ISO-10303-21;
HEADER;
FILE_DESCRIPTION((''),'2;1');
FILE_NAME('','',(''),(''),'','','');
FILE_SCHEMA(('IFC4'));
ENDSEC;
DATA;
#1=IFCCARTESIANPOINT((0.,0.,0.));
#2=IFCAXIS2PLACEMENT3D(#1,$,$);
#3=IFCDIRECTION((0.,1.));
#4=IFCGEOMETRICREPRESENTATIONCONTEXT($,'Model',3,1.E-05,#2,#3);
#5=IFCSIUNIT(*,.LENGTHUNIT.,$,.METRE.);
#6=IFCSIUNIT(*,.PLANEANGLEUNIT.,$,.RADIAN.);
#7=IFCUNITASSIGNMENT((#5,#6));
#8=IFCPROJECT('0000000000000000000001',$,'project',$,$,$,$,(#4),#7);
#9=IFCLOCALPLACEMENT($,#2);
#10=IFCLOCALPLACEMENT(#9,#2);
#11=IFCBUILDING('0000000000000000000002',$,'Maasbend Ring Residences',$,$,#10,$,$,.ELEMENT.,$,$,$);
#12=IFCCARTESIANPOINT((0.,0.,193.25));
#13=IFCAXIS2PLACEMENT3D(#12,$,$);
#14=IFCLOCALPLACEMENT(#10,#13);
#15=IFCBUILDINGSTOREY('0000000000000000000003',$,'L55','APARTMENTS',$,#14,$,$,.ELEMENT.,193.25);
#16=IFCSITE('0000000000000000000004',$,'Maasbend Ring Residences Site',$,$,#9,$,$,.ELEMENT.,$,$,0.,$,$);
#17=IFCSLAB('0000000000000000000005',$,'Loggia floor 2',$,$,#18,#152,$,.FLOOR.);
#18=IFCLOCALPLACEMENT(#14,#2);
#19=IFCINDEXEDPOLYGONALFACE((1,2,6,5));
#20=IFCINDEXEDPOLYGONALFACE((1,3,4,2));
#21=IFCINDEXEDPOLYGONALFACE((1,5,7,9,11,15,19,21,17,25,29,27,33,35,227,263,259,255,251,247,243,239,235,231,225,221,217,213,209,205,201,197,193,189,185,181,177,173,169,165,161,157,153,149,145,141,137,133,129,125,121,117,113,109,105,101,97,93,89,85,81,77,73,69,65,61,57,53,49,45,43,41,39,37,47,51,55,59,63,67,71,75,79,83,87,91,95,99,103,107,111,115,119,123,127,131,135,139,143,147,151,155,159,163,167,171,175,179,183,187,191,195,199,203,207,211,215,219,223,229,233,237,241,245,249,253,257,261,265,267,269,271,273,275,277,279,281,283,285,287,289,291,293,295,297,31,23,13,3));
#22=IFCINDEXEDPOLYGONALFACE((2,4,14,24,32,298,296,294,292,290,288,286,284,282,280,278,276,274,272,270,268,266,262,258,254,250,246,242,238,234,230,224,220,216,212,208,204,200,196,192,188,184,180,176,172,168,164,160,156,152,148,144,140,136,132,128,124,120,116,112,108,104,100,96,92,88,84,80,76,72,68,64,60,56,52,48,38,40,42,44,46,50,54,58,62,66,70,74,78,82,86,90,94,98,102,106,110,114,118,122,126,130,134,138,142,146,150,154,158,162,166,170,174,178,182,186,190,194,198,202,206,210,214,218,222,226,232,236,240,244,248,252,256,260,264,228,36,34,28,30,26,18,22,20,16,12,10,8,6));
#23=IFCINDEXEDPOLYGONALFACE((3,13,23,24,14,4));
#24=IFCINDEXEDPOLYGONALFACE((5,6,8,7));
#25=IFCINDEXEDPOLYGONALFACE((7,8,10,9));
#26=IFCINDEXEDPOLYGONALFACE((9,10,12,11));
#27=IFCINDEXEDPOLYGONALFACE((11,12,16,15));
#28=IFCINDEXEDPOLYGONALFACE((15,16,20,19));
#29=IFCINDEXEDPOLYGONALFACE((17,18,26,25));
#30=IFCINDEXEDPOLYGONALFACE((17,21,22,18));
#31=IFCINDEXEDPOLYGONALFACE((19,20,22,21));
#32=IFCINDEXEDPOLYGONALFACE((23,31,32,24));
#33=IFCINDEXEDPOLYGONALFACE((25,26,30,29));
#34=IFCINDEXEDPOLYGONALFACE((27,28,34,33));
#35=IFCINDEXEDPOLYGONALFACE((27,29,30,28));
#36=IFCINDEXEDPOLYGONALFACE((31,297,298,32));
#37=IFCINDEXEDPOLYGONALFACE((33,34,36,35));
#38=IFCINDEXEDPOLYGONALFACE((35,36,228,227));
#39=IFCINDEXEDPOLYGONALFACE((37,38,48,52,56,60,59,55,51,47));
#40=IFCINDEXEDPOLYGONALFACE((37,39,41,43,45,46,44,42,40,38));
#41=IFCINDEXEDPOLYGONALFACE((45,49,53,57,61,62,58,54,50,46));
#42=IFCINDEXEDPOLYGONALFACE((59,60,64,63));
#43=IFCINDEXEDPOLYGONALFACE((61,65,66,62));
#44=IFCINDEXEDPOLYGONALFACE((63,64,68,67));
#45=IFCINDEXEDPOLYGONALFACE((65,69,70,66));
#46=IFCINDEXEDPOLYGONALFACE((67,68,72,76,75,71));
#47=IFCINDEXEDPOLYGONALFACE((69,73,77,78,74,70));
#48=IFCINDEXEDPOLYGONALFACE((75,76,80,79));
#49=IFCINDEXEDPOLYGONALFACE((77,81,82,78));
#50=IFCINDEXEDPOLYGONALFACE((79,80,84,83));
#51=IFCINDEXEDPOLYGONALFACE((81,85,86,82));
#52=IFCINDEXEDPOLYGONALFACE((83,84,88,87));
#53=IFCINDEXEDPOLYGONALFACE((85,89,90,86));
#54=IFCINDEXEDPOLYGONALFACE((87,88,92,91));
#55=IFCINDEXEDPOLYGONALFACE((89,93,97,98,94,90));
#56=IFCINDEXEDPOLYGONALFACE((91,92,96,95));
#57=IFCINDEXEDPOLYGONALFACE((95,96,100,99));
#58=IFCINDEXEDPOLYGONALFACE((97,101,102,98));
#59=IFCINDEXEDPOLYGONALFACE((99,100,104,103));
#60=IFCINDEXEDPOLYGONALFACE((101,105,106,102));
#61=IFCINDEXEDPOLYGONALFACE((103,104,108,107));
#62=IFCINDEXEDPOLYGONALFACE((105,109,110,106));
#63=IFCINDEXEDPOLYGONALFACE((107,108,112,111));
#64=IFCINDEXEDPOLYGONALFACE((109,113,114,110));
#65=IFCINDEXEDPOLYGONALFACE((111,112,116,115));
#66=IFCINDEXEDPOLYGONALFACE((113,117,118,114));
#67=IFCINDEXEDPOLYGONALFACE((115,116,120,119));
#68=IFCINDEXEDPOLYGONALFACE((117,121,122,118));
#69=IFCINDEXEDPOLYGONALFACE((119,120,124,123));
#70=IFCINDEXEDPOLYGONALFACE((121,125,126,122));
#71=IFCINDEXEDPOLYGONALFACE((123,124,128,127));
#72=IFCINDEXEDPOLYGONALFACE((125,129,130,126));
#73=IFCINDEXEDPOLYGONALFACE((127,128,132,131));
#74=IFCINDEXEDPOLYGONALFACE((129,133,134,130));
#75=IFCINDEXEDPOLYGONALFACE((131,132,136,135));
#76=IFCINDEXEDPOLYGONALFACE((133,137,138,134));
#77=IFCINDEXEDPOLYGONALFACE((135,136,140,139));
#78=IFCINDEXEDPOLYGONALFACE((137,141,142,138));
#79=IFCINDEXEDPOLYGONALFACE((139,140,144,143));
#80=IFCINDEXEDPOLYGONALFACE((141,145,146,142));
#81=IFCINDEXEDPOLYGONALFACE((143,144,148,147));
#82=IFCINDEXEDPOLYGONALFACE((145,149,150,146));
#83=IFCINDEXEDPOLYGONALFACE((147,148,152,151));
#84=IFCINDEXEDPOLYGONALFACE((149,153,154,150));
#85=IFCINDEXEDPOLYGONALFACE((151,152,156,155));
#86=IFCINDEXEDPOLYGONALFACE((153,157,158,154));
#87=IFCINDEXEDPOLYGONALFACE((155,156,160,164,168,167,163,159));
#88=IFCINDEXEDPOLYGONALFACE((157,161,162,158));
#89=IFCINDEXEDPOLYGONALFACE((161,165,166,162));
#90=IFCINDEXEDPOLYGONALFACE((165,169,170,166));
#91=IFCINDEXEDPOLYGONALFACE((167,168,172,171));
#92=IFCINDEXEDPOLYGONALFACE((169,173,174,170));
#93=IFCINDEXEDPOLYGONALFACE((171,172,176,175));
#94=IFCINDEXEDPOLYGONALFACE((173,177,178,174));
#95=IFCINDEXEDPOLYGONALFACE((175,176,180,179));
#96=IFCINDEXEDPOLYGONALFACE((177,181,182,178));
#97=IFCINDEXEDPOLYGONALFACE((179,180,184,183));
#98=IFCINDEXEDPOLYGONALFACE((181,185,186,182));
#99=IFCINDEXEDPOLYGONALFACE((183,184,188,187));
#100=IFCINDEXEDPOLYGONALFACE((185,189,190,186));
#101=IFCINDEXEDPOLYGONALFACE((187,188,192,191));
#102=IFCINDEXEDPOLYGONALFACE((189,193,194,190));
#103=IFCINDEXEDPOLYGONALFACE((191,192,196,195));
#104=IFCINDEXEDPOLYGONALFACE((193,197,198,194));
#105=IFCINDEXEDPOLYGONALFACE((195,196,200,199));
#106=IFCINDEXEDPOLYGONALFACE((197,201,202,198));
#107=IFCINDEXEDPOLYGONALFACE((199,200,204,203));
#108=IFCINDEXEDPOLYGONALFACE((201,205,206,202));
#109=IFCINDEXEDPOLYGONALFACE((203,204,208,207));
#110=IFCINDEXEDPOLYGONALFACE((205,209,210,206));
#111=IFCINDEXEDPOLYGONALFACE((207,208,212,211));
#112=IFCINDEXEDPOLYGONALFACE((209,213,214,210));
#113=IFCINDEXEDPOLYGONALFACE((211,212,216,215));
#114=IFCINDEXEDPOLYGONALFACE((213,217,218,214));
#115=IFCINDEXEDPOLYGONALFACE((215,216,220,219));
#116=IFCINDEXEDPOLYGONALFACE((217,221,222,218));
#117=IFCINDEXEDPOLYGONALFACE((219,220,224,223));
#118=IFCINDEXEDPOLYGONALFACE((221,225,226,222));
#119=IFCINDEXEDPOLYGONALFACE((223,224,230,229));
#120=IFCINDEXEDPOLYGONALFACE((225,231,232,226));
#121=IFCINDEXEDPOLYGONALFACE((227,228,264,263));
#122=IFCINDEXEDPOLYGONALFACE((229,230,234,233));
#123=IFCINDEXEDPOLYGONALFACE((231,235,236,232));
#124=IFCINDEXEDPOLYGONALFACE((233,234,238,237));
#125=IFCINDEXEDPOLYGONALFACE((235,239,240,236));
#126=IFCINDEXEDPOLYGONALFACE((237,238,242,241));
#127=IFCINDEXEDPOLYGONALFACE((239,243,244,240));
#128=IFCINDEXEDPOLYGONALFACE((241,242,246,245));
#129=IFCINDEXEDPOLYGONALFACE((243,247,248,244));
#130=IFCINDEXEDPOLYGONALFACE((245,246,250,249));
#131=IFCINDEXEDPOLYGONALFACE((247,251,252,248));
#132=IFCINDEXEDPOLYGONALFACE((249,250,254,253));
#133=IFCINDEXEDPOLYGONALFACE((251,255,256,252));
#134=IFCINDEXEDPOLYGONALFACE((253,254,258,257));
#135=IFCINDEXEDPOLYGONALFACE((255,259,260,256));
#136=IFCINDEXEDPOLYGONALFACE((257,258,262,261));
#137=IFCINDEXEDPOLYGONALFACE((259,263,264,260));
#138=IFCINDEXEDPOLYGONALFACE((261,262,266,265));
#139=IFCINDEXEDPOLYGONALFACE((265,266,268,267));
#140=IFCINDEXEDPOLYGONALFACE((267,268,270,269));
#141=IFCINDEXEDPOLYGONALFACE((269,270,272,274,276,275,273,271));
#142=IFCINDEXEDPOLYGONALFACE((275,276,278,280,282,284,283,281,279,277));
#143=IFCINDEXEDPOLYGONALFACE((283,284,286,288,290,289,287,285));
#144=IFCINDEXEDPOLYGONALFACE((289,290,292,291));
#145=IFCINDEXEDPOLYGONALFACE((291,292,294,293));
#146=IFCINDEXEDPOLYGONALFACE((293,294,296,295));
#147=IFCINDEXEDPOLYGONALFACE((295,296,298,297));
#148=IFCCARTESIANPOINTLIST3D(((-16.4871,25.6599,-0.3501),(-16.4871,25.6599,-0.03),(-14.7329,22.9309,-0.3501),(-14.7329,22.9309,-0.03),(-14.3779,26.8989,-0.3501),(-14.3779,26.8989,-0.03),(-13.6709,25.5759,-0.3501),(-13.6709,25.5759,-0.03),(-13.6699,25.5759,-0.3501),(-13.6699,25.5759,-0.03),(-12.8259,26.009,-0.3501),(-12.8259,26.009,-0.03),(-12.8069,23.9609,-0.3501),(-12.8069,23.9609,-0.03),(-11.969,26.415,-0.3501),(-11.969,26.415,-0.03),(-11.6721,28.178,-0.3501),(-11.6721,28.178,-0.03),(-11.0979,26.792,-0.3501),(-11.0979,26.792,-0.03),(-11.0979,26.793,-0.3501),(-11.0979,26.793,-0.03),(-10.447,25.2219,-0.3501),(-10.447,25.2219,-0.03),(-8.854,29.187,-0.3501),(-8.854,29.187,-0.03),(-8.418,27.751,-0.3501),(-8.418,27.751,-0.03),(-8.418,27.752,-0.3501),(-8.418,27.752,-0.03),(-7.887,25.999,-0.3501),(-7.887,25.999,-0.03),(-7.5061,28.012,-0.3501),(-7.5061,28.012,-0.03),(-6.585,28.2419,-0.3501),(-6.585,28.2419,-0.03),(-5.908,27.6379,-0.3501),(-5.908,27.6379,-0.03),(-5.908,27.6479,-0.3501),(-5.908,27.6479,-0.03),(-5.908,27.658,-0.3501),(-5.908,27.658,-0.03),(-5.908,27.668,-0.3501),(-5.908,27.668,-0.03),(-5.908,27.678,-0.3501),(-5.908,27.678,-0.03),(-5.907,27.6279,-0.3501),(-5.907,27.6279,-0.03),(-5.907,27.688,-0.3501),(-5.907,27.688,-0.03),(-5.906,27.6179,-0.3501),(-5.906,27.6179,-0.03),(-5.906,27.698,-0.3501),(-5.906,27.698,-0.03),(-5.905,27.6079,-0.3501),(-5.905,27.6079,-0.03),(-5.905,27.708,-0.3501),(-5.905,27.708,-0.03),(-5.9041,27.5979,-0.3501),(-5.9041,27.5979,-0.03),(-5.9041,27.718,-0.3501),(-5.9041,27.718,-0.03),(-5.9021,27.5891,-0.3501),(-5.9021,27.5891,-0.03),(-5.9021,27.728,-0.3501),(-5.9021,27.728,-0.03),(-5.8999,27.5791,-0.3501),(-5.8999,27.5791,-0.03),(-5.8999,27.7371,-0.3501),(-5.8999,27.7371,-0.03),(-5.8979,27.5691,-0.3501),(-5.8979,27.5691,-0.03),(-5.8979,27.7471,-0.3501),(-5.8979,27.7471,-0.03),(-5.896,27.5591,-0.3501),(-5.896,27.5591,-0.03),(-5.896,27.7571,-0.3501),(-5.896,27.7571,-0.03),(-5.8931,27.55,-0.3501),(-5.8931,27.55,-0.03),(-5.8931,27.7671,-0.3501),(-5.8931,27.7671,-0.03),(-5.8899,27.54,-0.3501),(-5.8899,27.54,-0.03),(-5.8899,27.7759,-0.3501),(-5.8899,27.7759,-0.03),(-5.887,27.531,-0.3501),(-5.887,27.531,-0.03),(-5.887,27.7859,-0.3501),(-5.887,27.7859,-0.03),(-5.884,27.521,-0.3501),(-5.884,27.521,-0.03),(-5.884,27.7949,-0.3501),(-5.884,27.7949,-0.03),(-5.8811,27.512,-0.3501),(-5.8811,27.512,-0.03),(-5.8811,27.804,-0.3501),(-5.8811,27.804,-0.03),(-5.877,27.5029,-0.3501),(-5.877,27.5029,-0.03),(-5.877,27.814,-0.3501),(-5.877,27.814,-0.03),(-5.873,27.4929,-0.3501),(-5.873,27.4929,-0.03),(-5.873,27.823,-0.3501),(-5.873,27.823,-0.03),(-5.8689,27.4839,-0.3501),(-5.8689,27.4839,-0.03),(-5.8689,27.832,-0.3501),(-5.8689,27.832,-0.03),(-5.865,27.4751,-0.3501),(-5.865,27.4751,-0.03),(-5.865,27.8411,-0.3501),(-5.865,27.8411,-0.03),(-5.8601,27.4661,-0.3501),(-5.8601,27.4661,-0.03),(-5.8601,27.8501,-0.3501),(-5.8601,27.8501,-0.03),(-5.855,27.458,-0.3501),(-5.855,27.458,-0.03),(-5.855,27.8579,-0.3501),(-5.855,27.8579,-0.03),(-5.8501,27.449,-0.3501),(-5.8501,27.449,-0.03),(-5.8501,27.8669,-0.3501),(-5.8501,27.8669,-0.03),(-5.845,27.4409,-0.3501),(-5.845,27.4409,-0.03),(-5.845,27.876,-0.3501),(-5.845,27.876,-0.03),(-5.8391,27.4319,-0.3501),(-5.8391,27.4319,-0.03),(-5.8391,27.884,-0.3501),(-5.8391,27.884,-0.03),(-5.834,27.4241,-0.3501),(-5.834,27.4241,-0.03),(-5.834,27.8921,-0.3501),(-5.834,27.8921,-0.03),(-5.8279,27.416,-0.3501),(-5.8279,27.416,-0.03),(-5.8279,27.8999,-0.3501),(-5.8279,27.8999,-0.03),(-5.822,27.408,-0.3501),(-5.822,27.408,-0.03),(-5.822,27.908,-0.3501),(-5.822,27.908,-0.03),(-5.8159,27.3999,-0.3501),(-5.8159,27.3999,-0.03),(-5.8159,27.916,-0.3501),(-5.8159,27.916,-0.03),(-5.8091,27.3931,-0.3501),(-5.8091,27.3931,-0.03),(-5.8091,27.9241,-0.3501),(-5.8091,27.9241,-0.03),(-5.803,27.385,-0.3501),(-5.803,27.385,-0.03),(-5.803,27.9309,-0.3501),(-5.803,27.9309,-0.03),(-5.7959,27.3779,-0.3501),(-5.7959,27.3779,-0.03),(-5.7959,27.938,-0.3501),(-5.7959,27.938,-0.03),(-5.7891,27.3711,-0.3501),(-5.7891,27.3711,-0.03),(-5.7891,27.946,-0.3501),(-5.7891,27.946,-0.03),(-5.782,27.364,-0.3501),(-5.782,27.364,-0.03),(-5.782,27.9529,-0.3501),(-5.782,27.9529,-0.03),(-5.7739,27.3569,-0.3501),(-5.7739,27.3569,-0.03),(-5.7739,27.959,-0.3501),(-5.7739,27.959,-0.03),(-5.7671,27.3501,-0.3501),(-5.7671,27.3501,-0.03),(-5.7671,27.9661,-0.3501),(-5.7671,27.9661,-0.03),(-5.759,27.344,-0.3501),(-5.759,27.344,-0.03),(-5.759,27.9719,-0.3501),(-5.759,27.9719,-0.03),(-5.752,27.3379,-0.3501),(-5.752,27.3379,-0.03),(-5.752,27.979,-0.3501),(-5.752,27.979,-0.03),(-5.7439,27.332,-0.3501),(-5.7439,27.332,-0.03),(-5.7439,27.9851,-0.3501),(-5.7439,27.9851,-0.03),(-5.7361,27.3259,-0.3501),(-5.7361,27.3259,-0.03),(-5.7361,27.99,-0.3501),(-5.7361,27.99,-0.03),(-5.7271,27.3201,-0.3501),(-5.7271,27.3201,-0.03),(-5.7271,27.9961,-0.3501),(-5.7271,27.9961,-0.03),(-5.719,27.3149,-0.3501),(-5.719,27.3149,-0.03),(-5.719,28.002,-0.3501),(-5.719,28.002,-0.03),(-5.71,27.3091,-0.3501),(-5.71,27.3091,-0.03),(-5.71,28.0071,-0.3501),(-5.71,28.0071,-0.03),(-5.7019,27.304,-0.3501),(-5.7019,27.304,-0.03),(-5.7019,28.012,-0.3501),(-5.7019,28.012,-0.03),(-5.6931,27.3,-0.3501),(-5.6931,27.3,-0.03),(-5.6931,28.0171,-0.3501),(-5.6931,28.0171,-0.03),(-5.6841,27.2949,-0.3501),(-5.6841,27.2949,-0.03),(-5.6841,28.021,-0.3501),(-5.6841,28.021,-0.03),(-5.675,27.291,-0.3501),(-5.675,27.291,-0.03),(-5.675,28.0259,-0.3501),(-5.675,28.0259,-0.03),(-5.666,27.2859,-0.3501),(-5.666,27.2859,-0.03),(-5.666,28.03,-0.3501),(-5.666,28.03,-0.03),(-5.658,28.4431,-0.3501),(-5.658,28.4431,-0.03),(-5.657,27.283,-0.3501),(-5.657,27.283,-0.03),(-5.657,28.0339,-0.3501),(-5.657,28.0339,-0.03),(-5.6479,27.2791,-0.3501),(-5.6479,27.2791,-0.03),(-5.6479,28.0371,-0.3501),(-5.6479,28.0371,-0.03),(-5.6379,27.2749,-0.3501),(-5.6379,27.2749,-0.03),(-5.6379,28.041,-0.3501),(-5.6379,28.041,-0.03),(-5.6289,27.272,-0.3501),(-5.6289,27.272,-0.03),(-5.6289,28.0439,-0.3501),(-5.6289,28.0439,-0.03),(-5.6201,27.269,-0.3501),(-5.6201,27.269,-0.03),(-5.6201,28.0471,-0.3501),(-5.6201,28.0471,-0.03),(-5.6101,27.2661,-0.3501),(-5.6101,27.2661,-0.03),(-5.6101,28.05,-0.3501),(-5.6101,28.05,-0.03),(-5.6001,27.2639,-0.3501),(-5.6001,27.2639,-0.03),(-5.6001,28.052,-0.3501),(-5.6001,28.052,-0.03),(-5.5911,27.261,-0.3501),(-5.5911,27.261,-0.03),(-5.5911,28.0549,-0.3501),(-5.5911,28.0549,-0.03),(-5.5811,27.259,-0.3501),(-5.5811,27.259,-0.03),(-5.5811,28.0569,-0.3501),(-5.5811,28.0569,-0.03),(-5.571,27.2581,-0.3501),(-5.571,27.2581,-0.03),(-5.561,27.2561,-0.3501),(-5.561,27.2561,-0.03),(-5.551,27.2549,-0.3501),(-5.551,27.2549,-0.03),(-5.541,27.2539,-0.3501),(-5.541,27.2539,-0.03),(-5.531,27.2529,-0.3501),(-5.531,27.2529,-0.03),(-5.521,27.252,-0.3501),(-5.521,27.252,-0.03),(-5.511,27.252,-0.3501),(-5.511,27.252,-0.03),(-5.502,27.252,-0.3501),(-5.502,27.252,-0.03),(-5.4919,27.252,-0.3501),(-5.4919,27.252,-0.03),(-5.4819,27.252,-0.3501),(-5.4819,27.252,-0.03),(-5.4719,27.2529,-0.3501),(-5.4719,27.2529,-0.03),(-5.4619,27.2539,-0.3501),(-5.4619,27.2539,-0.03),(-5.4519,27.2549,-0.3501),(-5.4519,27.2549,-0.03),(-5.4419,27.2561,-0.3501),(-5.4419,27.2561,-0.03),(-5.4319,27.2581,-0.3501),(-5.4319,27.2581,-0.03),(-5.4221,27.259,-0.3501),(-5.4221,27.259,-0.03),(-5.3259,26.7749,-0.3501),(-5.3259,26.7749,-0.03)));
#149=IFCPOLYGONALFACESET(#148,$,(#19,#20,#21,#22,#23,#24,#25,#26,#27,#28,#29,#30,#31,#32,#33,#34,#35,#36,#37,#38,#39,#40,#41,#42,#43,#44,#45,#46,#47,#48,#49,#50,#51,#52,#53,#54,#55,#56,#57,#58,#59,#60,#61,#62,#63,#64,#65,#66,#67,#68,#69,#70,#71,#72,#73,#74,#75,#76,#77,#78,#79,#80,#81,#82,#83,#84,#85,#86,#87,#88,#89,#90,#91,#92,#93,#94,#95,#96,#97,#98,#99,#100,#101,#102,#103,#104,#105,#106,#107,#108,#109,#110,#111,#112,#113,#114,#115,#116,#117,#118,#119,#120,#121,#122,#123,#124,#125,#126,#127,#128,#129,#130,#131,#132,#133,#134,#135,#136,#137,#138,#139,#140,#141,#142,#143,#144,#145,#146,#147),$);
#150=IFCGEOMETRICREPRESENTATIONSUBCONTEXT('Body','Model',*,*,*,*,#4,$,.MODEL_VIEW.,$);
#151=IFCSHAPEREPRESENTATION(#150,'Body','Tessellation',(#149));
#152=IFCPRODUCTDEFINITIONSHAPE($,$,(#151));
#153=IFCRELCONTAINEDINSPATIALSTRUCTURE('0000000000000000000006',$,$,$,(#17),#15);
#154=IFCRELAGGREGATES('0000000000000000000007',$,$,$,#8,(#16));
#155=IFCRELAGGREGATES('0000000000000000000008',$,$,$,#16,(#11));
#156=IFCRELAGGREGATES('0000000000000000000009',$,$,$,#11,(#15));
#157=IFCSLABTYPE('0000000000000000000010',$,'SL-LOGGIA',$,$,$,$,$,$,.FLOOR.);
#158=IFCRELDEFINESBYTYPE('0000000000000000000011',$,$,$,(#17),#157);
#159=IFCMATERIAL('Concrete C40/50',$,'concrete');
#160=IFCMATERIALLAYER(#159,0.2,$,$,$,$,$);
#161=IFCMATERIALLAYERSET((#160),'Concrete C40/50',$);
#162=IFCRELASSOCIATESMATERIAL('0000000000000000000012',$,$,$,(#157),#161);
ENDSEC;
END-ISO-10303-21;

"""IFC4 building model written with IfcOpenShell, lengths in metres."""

from ifc_helpers import new_model, si_unit, direction, frame, origin, place, context, subcontext, project, spatial, polyline, outline, extrude, material, layer, layer_set, type_object, element, save


model = new_model("IFC4")

# Units and contexts
model_context = context("Model", 3, precision=1e-05, world=origin(), true_north=direction((0.0, 1.0)))
body_context = subcontext(model_context, "Body", "Model", "MODEL_VIEW")
ifc_project = project(units=[si_unit("LENGTHUNIT", "METRE"), si_unit("PLANEANGLEUNIT", "RADIAN")], contexts=[model_context])

# Site, building, storey
site_placement = place(None, origin())
site = spatial("IfcSite", under=ifc_project, at=site_placement, Name="Maasbend Ring Residences Site", CompositionType="ELEMENT", RefElevation=0.0)
building_placement = place(site_placement, origin())
building = spatial("IfcBuilding", under=site, at=building_placement, Name="Maasbend Ring Residences", CompositionType="ELEMENT")
storey_placement = place(building_placement, frame((0.0, 0.0, 193.25)))
storey = spatial("IfcBuildingStorey", under=building, at=storey_placement, Name="L55", Description="APARTMENTS", CompositionType="ELEMENT", Elevation=193.25)

# Slab
ifc_material_1 = material(Name="Concrete C40/50", Category="concrete")
ifc_layer_1 = layer(ifc_material_1, 0.2)
ifc_layer_set_1 = layer_set([ifc_layer_1], Name="Concrete C40/50")
slab_type_1 = type_object("IfcSlabType", Name="SL-LOGGIA", PredefinedType="FLOOR", material=ifc_layer_set_1)
slab_1_placement = place(storey_placement, frame((0.0, 0.0, -0.3501)))
element("IfcSlab", 1, at=slab_1_placement, inside=storey, type_object=slab_type_1, Name="Loggia floor 2", PredefinedType="FLOOR", context=body_context, shape_type="SweptSolid", body=[
    extrude(outline(polyline([(-13.6709, 25.5759), (-13.6709, 25.5759), (-13.6709, 25.5759), (-13.6709, 25.5759), (-13.6709, 25.5759), (-13.6709, 25.5759), (-13.6709, 25.5759), (-13.6699, 25.5759), (-13.6699, 25.5759), (-13.6699, 25.5759), (-13.6699, 25.5759), (-13.6699, 25.5759), (-13.6699, 25.5759), (-13.6699, 25.5759), (-13.6699, 25.5759), (-13.6699, 25.5759), (-13.6699, 25.5759), (-12.8259, 26.009), (-12.8259, 26.009), (-11.969, 26.415), (-11.969, 26.415), (-11.0979, 26.792), (-11.0979, 26.792), (-11.0979, 26.792), (-11.0979, 26.792), (-11.0979, 26.792), (-11.0979, 26.792), (-11.0979, 26.792), (-11.0979, 26.793), (-11.0979, 26.793), (-11.0979, 26.793), (-11.0979, 26.793), (-11.0979, 26.793), (-11.0979, 26.793), (-11.0979, 26.793), (-11.0979, 26.793), (-11.0979, 26.793), (-11.0979, 26.793), (-11.6721, 28.178), (-11.6721, 28.178), (-11.6721, 28.178), (-8.854, 29.187), (-8.854, 29.187), (-8.854, 29.187), (-8.418, 27.752), (-8.418, 27.752), (-8.418, 27.752), (-8.418, 27.752), (-8.418, 27.752), (-8.418, 27.752), (-8.418, 27.752), (-8.418, 27.751), (-8.418, 27.751), (-8.418, 27.751), (-8.418, 27.751), (-8.418, 27.751), (-8.418, 27.751), (-8.418, 27.751), (-8.418, 27.751), (-8.418, 27.751), (-8.418, 27.751), (-7.5061, 28.012), (-7.5061, 28.012), (-6.585, 28.2419), (-6.585, 28.2419), (-5.658, 28.4431), (-5.658, 28.4431), (-5.658, 28.4431), (-5.5811, 28.0569), (-5.5911, 28.0549), (-5.6001, 28.052), (-5.6101, 28.05), (-5.6201, 28.0471), (-5.6289, 28.0439), (-5.6379, 28.041), (-5.6479, 28.0371), (-5.657, 28.0339), (-5.666, 28.03), (-5.675, 28.0259), (-5.6841, 28.021), (-5.6931, 28.0171), (-5.7019, 28.012), (-5.71, 28.0071), (-5.719, 28.002), (-5.7271, 27.9961), (-5.7361, 27.99), (-5.7439, 27.9851), (-5.752, 27.979), (-5.759, 27.9719), (-5.7671, 27.9661), (-5.7739, 27.959), (-5.782, 27.9529), (-5.7891, 27.946), (-5.7959, 27.938), (-5.803, 27.9309), (-5.8091, 27.9241), (-5.8159, 27.916), (-5.822, 27.908), (-5.8279, 27.8999), (-5.834, 27.8921), (-5.8391, 27.884), (-5.845, 27.876), (-5.8501, 27.8669), (-5.855, 27.8579), (-5.8601, 27.8501), (-5.865, 27.8411), (-5.8689, 27.832), (-5.873, 27.823), (-5.877, 27.814), (-5.8811, 27.804), (-5.884, 27.7949), (-5.887, 27.7859), (-5.8899, 27.7759), (-5.8931, 27.7671), (-5.896, 27.7571), (-5.8979, 27.7471), (-5.8999, 27.7371), (-5.9021, 27.728), (-5.9041, 27.718), (-5.905, 27.708), (-5.906, 27.698), (-5.907, 27.688), (-5.908, 27.678), (-5.908, 27.668), (-5.908, 27.658), (-5.908, 27.6479), (-5.908, 27.6379), (-5.907, 27.6279), (-5.906, 27.6179), (-5.905, 27.6079), (-5.9041, 27.5979), (-5.9021, 27.5891), (-5.8999, 27.5791), (-5.8979, 27.5691), (-5.896, 27.5591), (-5.8931, 27.55), (-5.8899, 27.54), (-5.887, 27.531), (-5.884, 27.521), (-5.8811, 27.512), (-5.877, 27.5029), (-5.873, 27.4929), (-5.8689, 27.4839), (-5.865, 27.4751), (-5.8601, 27.4661), (-5.855, 27.458), (-5.8501, 27.449), (-5.845, 27.4409), (-5.8391, 27.4319), (-5.834, 27.4241), (-5.8279, 27.416), (-5.822, 27.408), (-5.8159, 27.3999), (-5.8091, 27.3931), (-5.803, 27.385), (-5.7959, 27.3779), (-5.7891, 27.3711), (-5.782, 27.364), (-5.7739, 27.3569), (-5.7671, 27.3501), (-5.759, 27.344), (-5.752, 27.3379), (-5.7439, 27.332), (-5.7361, 27.3259), (-5.7271, 27.3201), (-5.719, 27.3149), (-5.71, 27.3091), (-5.7019, 27.304), (-5.6931, 27.3), (-5.6841, 27.2949), (-5.675, 27.291), (-5.666, 27.2859), (-5.657, 27.283), (-5.6479, 27.2791), (-5.6379, 27.2749), (-5.6289, 27.272), (-5.6201, 27.269), (-5.6101, 27.2661), (-5.6001, 27.2639), (-5.5911, 27.261), (-5.5811, 27.259), (-5.571, 27.2581), (-5.561, 27.2561), (-5.551, 27.2549), (-5.541, 27.2539), (-5.531, 27.2529), (-5.521, 27.252), (-5.511, 27.252), (-5.502, 27.252), (-5.4919, 27.252), (-5.4819, 27.252), (-5.4719, 27.2529), (-5.4619, 27.2539), (-5.4519, 27.2549), (-5.4419, 27.2561), (-5.4319, 27.2581), (-5.4221, 27.259), (-5.3259, 26.7749), (-5.3259, 26.7749), (-5.3259, 26.7749), (-7.887, 25.999), (-10.447, 25.2219), (-10.447, 25.2219), (-10.447, 25.2219), (-12.8069, 23.9609), (-14.7329, 22.9309), (-14.7329, 22.9309), (-14.7329, 22.9309), (-16.4871, 25.6599), (-16.4871, 25.6599), (-16.4871, 25.6599), (-14.3779, 26.8989), (-14.3779, 26.8989), (-14.3779, 26.8989), (-13.6709, 25.5759)])), origin(), (0.0, 0.0, 1.0), 0.3201),
])

save(model, "model.ifc")
